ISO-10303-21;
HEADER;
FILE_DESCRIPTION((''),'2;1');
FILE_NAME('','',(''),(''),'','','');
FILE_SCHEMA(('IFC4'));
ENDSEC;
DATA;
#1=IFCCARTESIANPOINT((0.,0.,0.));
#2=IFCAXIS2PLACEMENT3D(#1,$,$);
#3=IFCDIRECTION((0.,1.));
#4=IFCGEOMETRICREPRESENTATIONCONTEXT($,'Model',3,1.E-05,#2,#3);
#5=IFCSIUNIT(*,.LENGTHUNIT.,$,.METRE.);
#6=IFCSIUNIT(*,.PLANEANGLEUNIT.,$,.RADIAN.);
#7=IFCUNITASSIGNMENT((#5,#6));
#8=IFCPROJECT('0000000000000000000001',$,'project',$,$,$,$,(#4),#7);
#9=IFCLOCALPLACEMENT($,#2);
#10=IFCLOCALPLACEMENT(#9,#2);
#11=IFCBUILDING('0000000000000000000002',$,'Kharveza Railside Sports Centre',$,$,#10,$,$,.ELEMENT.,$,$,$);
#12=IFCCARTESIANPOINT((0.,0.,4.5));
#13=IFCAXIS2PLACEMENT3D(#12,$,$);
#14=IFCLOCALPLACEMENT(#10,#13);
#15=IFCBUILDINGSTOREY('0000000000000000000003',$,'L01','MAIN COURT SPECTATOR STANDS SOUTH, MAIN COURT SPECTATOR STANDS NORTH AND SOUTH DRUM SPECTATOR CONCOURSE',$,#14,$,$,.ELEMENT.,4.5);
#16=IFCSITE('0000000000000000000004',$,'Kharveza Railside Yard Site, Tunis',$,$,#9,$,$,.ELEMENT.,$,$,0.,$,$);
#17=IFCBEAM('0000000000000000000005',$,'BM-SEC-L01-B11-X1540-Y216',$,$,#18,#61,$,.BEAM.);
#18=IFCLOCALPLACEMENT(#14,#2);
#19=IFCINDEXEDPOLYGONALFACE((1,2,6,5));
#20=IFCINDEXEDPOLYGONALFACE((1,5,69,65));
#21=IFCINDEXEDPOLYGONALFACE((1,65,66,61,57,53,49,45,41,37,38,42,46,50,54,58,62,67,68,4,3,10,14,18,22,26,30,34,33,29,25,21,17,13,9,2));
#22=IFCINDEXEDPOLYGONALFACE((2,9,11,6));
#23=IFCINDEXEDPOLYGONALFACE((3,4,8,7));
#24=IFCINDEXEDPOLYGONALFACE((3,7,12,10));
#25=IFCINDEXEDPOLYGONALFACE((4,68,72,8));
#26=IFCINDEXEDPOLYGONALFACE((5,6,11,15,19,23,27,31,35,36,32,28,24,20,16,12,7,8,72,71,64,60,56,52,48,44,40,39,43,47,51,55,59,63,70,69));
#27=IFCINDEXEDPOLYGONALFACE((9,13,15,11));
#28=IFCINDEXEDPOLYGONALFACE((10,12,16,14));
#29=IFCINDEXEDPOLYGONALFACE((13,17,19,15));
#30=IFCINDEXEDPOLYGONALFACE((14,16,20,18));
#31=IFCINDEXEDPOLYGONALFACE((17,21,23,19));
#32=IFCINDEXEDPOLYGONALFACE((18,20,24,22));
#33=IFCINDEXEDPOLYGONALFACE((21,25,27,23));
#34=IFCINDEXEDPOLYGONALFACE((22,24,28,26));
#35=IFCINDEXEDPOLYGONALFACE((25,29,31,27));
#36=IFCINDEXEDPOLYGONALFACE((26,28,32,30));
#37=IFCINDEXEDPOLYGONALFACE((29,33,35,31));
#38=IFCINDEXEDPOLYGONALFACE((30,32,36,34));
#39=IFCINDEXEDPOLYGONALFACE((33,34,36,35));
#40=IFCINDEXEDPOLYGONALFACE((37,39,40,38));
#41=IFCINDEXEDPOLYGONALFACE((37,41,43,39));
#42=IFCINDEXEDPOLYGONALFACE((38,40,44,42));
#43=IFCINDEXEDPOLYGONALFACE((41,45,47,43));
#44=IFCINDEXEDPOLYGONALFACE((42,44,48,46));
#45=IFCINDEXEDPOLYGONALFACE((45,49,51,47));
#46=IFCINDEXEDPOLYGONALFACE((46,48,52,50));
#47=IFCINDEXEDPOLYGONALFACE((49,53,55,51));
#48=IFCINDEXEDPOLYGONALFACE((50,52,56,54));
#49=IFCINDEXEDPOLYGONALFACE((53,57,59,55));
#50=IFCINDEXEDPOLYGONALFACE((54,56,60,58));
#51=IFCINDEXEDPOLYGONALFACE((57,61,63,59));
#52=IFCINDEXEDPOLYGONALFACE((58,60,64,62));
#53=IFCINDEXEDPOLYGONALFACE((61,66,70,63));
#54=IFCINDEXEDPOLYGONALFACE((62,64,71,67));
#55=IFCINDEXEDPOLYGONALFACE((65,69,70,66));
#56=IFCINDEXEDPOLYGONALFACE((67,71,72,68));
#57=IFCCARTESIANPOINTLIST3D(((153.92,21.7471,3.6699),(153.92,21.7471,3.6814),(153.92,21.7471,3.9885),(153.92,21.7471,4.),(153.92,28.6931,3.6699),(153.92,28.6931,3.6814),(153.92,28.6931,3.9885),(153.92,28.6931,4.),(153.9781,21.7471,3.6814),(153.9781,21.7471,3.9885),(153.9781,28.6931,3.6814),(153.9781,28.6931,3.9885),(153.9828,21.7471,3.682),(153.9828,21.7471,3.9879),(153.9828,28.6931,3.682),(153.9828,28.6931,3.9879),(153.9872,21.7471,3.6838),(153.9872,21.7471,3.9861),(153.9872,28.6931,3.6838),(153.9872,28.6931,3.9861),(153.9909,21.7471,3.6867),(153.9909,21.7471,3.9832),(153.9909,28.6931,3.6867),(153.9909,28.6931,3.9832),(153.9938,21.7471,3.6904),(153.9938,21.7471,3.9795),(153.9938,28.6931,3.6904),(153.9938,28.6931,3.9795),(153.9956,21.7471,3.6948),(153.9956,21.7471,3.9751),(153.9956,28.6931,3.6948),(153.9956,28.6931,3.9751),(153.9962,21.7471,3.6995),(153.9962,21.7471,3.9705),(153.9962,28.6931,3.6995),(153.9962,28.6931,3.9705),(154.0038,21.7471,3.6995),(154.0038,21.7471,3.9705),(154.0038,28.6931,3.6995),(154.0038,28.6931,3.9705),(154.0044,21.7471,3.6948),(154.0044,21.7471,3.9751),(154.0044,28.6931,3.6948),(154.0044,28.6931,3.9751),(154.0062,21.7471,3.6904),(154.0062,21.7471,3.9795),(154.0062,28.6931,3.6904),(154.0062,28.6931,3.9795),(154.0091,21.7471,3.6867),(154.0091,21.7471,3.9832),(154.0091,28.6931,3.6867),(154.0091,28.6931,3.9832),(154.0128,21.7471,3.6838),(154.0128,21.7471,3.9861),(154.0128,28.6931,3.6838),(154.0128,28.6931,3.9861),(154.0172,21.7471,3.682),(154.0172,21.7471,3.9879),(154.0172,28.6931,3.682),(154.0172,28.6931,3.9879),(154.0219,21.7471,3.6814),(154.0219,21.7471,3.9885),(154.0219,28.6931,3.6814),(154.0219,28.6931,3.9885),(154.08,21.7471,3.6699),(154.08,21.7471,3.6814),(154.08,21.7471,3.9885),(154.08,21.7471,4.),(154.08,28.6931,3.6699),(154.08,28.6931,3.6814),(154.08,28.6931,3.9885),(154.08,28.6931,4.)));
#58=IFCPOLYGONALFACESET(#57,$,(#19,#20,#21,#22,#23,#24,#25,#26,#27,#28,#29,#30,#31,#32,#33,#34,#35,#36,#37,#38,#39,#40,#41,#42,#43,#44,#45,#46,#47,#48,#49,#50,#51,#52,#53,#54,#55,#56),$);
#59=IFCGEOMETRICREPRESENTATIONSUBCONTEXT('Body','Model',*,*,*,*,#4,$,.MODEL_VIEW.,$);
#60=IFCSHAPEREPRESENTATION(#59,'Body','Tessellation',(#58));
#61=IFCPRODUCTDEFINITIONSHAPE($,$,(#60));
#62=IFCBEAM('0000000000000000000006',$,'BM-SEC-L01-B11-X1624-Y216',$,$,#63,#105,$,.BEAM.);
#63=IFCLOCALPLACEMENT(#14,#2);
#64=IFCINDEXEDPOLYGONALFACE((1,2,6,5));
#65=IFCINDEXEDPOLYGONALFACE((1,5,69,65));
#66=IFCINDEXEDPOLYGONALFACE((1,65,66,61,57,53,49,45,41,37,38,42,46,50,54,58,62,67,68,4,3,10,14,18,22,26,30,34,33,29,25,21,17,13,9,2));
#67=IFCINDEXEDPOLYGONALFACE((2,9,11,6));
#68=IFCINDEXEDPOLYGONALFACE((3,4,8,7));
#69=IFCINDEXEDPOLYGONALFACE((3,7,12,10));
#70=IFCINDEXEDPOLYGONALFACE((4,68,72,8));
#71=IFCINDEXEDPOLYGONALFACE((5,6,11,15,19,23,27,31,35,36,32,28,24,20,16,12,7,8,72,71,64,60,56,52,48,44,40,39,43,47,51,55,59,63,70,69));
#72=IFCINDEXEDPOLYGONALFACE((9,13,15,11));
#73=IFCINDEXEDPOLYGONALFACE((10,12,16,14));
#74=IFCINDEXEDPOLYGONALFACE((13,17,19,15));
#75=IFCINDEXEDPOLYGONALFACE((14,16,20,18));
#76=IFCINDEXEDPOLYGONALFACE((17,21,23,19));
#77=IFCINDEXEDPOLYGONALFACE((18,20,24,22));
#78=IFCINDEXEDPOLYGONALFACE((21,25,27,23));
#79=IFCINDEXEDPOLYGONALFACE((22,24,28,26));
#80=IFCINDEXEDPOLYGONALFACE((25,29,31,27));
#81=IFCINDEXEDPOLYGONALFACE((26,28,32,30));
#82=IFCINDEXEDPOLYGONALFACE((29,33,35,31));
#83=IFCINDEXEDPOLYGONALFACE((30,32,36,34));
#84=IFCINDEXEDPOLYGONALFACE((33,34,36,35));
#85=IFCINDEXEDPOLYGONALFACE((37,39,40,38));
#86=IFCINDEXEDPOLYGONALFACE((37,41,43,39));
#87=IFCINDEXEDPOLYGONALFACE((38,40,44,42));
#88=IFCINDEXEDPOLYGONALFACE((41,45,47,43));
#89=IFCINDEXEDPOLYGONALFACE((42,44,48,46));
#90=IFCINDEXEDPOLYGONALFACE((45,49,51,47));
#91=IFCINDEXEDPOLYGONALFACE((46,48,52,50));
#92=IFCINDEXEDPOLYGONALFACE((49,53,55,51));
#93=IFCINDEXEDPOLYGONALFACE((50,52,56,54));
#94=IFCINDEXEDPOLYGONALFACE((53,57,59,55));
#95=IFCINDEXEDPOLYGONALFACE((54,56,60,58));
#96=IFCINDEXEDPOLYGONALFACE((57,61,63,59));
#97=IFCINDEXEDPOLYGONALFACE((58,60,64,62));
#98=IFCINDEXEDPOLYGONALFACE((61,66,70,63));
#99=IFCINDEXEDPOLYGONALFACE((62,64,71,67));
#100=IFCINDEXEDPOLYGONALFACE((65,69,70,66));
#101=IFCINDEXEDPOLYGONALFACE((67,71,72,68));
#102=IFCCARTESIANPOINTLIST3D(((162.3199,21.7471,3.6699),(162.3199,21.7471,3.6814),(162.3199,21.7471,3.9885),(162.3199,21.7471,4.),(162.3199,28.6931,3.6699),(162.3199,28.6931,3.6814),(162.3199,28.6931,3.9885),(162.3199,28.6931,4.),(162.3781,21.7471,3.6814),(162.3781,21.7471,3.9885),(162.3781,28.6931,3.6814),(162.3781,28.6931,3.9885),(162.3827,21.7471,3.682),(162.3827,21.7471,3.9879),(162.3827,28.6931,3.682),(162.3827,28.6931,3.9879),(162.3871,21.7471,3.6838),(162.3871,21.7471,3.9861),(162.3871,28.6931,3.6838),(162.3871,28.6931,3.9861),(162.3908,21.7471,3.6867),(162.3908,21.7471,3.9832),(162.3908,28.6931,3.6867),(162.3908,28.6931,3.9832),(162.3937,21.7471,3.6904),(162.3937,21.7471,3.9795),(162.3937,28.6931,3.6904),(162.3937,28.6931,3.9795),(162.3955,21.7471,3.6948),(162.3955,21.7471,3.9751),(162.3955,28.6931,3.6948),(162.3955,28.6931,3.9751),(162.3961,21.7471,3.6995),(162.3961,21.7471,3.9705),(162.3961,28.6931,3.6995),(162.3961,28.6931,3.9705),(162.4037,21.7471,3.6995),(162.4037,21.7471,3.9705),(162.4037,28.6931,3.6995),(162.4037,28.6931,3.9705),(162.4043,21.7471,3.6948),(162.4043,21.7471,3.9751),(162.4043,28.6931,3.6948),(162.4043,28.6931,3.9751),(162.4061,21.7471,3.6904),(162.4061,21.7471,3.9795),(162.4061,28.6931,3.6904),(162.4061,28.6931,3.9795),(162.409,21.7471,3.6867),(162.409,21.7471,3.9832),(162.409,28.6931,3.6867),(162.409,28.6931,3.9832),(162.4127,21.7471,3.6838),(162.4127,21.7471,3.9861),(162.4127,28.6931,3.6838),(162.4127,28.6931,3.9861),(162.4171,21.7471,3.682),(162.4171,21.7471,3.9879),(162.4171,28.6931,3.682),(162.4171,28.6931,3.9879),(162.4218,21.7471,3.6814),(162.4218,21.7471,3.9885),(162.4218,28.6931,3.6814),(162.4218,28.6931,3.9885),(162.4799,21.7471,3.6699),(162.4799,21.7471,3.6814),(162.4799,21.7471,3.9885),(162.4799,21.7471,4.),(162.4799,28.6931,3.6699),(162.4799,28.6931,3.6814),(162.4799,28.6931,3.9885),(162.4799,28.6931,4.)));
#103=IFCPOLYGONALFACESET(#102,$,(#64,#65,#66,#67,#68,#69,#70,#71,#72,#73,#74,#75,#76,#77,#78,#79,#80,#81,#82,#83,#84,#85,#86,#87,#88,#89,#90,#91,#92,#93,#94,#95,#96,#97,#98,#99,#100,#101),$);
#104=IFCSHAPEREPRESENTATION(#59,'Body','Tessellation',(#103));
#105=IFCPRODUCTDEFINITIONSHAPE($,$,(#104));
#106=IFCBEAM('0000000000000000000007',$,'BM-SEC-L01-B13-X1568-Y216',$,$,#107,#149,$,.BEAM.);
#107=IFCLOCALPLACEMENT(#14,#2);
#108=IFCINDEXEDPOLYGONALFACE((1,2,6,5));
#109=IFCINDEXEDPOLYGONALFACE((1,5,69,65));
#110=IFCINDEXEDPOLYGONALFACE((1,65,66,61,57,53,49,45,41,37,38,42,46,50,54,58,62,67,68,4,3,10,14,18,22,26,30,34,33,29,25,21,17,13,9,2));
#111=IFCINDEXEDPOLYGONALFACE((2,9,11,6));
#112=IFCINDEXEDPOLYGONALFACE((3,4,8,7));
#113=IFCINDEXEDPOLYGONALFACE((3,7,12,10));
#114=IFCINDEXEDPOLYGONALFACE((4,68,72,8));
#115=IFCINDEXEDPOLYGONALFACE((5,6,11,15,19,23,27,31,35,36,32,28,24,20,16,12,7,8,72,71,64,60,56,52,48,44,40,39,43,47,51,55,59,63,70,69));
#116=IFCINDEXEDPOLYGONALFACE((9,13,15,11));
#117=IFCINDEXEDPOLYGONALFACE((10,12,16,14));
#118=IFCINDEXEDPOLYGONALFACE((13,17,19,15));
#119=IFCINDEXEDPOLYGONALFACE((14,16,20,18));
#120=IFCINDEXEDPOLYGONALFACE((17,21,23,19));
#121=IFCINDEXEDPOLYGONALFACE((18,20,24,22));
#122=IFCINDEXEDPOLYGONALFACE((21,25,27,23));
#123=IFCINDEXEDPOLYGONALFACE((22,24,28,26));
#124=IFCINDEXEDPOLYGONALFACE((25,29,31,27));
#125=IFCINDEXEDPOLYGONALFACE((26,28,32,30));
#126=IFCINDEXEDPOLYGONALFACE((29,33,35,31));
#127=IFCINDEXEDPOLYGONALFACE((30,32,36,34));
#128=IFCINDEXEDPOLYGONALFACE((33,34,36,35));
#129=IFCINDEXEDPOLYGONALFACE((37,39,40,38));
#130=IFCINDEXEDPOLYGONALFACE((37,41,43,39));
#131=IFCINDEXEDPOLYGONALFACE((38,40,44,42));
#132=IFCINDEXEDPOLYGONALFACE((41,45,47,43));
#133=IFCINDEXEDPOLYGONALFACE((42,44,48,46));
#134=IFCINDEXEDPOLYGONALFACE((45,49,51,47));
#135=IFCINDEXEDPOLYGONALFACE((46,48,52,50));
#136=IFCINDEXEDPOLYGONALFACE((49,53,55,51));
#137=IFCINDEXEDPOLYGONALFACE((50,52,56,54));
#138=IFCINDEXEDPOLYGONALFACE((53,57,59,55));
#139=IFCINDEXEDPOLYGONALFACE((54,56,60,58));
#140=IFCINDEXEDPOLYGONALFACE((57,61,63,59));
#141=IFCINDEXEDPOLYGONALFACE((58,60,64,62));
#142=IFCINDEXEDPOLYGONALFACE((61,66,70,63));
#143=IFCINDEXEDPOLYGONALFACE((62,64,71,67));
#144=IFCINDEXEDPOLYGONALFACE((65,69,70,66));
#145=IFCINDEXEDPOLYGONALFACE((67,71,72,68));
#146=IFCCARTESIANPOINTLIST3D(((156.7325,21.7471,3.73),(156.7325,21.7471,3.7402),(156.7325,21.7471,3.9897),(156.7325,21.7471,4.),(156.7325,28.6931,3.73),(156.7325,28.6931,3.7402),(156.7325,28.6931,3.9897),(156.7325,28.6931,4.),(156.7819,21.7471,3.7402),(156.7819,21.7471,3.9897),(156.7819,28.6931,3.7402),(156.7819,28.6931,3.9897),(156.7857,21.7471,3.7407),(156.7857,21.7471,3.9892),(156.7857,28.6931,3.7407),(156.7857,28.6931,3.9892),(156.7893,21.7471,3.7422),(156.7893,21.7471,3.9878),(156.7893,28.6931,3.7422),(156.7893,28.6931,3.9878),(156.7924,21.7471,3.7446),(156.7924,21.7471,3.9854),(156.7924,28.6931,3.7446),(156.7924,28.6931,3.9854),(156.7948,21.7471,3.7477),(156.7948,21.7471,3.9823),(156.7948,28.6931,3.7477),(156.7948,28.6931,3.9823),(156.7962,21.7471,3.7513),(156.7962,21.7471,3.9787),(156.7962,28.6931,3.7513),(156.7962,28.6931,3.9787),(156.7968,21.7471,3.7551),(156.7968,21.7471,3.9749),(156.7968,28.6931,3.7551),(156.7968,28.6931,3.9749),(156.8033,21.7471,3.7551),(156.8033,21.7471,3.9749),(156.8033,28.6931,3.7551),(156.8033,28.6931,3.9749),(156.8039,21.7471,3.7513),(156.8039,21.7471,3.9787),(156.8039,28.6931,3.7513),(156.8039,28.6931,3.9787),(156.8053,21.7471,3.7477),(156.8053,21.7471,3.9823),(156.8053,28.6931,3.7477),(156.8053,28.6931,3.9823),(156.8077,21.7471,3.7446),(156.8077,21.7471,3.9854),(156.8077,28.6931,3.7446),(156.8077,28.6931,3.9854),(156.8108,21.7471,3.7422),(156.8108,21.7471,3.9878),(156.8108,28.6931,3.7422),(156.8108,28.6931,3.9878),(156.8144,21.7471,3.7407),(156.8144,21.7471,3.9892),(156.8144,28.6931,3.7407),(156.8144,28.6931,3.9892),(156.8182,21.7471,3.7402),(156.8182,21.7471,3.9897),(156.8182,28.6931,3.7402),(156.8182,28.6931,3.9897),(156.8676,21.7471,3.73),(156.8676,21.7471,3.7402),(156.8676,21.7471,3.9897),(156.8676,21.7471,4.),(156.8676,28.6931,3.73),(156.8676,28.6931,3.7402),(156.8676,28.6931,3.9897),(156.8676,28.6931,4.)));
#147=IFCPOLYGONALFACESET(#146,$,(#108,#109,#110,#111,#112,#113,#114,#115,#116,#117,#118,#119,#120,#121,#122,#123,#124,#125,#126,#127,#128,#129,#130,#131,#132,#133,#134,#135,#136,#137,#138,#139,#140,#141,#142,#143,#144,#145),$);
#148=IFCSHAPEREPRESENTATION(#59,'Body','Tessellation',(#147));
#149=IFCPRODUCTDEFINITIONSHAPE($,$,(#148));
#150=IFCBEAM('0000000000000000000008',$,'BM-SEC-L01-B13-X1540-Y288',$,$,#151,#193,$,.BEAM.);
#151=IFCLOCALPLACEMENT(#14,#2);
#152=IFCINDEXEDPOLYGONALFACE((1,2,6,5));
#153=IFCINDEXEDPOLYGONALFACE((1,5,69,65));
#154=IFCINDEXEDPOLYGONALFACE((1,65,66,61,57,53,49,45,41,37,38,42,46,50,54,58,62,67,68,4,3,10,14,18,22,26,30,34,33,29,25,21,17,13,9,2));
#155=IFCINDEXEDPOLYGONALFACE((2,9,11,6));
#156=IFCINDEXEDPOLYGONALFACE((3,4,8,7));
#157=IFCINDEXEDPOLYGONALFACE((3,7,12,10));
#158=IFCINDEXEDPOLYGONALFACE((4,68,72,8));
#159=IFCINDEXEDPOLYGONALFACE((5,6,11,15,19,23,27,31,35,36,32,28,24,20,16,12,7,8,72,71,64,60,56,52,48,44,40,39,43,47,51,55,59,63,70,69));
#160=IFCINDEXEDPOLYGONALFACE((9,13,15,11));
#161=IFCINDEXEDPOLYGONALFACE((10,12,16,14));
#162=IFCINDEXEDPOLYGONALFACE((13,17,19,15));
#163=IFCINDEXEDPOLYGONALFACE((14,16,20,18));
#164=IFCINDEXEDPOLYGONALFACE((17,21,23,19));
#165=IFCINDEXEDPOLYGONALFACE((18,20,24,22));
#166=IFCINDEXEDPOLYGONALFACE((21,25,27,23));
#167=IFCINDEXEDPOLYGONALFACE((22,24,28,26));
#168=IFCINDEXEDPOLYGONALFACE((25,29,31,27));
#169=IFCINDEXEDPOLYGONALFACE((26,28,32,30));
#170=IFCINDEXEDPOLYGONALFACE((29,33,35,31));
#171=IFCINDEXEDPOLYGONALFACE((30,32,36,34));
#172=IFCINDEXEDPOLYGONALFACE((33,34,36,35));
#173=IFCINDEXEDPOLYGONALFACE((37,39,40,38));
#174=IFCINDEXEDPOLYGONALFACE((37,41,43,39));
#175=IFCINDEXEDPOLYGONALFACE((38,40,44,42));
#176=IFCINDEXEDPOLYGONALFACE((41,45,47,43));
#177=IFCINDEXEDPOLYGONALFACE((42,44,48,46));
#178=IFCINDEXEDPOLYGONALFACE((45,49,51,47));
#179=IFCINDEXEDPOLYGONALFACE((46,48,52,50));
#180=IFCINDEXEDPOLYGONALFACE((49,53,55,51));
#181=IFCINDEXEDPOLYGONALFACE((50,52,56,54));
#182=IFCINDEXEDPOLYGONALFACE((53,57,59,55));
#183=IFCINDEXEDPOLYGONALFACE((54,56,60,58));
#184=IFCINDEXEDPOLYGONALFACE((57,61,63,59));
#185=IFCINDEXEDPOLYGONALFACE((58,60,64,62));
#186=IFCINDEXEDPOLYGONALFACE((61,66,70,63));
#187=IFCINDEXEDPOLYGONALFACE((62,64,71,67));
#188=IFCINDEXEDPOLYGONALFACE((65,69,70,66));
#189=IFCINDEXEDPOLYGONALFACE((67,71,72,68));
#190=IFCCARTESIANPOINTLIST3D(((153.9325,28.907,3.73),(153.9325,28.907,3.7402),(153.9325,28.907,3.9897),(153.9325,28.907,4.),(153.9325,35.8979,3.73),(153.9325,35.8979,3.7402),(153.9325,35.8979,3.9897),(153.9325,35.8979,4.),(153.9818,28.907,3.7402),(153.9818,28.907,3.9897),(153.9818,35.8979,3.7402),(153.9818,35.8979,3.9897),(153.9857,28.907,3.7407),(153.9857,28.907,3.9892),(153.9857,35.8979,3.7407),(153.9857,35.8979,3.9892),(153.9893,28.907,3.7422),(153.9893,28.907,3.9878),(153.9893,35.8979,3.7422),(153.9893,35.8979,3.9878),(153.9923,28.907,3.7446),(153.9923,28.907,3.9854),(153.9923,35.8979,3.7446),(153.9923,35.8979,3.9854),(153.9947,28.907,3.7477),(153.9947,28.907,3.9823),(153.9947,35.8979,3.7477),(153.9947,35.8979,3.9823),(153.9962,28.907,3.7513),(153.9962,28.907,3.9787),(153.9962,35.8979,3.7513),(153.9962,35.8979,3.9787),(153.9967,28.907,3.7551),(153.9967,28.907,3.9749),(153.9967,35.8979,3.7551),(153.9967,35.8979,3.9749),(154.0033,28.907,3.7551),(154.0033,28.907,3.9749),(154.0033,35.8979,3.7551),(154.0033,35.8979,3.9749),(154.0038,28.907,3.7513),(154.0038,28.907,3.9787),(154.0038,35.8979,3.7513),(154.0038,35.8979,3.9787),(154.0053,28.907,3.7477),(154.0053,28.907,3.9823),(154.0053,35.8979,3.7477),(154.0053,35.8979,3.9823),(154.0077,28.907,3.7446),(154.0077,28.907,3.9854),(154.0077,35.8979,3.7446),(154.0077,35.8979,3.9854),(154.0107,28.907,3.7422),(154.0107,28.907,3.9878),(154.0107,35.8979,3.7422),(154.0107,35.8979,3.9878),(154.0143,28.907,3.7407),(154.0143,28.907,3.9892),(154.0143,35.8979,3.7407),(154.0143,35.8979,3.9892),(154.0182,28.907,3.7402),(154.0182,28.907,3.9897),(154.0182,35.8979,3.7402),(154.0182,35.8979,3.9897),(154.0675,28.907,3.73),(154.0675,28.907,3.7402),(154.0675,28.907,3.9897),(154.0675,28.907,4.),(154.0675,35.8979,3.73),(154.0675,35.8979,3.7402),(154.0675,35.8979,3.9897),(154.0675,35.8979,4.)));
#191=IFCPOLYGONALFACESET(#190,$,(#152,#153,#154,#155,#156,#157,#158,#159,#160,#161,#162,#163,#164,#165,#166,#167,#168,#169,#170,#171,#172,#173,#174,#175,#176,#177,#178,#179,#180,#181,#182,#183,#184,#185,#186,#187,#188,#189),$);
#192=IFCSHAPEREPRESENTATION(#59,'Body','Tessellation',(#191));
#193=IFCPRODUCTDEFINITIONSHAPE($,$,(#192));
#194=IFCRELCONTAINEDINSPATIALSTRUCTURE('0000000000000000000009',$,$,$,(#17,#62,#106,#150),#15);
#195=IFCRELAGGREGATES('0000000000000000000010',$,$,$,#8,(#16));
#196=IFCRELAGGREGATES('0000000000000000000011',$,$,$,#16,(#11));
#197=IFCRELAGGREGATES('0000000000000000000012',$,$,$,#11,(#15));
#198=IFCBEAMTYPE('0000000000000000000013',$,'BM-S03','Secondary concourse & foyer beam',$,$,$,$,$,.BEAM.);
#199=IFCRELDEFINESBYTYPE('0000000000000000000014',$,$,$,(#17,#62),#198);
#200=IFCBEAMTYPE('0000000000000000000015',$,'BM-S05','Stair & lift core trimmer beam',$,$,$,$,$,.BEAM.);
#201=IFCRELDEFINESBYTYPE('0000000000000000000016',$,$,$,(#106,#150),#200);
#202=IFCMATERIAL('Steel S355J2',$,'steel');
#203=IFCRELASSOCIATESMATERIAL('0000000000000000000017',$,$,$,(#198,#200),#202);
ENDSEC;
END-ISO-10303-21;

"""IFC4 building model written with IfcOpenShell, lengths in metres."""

from ifc_helpers import new_model, si_unit, direction, frame, origin, origin_2d, place, context, subcontext, project, spatial, i_section, extrude, material, material_profile, profile_set, type_object, element, save


model = new_model("IFC4")

# Units and contexts
model_context = context("Model", 3, precision=1e-05, world=origin(), true_north=direction((0.0, 1.0)))
body_context = subcontext(model_context, "Body", "Model", "MODEL_VIEW")
ifc_project = project(units=[si_unit("LENGTHUNIT", "METRE"), si_unit("PLANEANGLEUNIT", "RADIAN")], contexts=[model_context])

# Site, building, storey
site_placement = place(None, origin())
site = spatial("IfcSite", under=ifc_project, at=site_placement, Name="Kharveza Railside Yard Site, Tunis", CompositionType="ELEMENT", RefElevation=0.0)
building_placement = place(site_placement, origin())
building = spatial("IfcBuilding", under=site, at=building_placement, Name="Kharveza Railside Sports Centre", CompositionType="ELEMENT")
storey_placement = place(building_placement, frame((0.0, 0.0, 4.5)))
storey = spatial("IfcBuildingStorey", under=building, at=storey_placement, Name="L01", Description="MAIN COURT SPECTATOR STANDS SOUTH, MAIN COURT SPECTATOR STANDS NORTH AND SOUTH DRUM SPECTATOR CONCOURSE", CompositionType="ELEMENT", Elevation=4.5)

# Shared definitions
ifc_material_1 = material(Name="Steel S355J2", Category="steel")

# Beams
ifc_material_profile_1 = material_profile(ifc_material_1, i_section(OverallWidth=0.1599, OverallDepth=0.3301, WebThickness=0.0076, FlangeThickness=0.0115, FilletRadius=0.0181, at=origin_2d()), Name="IPE 330")
ifc_profile_set_1 = profile_set([ifc_material_profile_1], Name="Steel S355J2")
beam_type_1 = type_object("IfcBeamType", Name="BM-S03", Description="Secondary concourse & foyer beam", PredefinedType="BEAM", material=ifc_profile_set_1)
for number, where, z_axis, x_axis, name in (
    (1, (154.0, 21.7471, 3.835), (0.0, 1.0, 0.0), (-1.0, 0.0, 0.0), "BM-SEC-L01-B11-X1540-Y216"),
    (2, (162.3999, 21.7471, 3.835), (0.0, 1.0, 0.0), (-1.0, 0.0, 0.0), "BM-SEC-L01-B11-X1624-Y216"),
):
    element("IfcBeam", number, at=place(storey_placement, frame(where, z_axis=z_axis, x_axis=x_axis)), inside=storey, type_object=beam_type_1, Name=name, PredefinedType="BEAM", context=body_context, shape_type="SweptSolid", body=[
        extrude(i_section(OverallWidth=0.1599, OverallDepth=0.3301, WebThickness=0.0076, FlangeThickness=0.0115, FilletRadius=0.0181, at=origin_2d()), origin(), (0.0, 0.0, 1.0), 6.946),
    ])
ifc_material_profile_2 = material_profile(ifc_material_1, i_section(OverallWidth=0.135, OverallDepth=0.27, WebThickness=0.0066, FlangeThickness=0.0103, FilletRadius=0.0149, at=origin_2d()), Name="IPE 270")
ifc_profile_set_2 = profile_set([ifc_material_profile_2], Name="Steel S355J2")
beam_type_2 = type_object("IfcBeamType", Name="BM-S05", Description="Stair & lift core trimmer beam", PredefinedType="BEAM", material=ifc_profile_set_2)
beam_1_placement = place(storey_placement, frame((156.8, 21.7471, 3.865), z_axis=(0.0, 1.0, 0.0), x_axis=(-1.0, 0.0, 0.0)))
element("IfcBeam", 3, at=beam_1_placement, inside=storey, type_object=beam_type_2, Name="BM-SEC-L01-B13-X1568-Y216", PredefinedType="BEAM", context=body_context, shape_type="SweptSolid", body=[
    extrude(i_section(OverallWidth=0.135, OverallDepth=0.27, WebThickness=0.0066, FlangeThickness=0.0103, FilletRadius=0.0149, at=origin_2d()), origin(), (0.0, 0.0, 1.0), 6.946),
])
beam_2_placement = place(storey_placement, frame((154.0, 28.907, 3.865), z_axis=(0.0, 1.0, 0.0), x_axis=(-1.0, 0.0, 0.0)))
element("IfcBeam", 4, at=beam_2_placement, inside=storey, type_object=beam_type_2, Name="BM-SEC-L01-B13-X1540-Y288", PredefinedType="BEAM", context=body_context, shape_type="SweptSolid", body=[
    extrude(i_section(OverallWidth=0.135, OverallDepth=0.27, WebThickness=0.0066, FlangeThickness=0.0103, FilletRadius=0.0149, at=origin_2d()), origin(), (0.0, 0.0, 1.0), 6.991),
])

save(model, "model.ifc")
